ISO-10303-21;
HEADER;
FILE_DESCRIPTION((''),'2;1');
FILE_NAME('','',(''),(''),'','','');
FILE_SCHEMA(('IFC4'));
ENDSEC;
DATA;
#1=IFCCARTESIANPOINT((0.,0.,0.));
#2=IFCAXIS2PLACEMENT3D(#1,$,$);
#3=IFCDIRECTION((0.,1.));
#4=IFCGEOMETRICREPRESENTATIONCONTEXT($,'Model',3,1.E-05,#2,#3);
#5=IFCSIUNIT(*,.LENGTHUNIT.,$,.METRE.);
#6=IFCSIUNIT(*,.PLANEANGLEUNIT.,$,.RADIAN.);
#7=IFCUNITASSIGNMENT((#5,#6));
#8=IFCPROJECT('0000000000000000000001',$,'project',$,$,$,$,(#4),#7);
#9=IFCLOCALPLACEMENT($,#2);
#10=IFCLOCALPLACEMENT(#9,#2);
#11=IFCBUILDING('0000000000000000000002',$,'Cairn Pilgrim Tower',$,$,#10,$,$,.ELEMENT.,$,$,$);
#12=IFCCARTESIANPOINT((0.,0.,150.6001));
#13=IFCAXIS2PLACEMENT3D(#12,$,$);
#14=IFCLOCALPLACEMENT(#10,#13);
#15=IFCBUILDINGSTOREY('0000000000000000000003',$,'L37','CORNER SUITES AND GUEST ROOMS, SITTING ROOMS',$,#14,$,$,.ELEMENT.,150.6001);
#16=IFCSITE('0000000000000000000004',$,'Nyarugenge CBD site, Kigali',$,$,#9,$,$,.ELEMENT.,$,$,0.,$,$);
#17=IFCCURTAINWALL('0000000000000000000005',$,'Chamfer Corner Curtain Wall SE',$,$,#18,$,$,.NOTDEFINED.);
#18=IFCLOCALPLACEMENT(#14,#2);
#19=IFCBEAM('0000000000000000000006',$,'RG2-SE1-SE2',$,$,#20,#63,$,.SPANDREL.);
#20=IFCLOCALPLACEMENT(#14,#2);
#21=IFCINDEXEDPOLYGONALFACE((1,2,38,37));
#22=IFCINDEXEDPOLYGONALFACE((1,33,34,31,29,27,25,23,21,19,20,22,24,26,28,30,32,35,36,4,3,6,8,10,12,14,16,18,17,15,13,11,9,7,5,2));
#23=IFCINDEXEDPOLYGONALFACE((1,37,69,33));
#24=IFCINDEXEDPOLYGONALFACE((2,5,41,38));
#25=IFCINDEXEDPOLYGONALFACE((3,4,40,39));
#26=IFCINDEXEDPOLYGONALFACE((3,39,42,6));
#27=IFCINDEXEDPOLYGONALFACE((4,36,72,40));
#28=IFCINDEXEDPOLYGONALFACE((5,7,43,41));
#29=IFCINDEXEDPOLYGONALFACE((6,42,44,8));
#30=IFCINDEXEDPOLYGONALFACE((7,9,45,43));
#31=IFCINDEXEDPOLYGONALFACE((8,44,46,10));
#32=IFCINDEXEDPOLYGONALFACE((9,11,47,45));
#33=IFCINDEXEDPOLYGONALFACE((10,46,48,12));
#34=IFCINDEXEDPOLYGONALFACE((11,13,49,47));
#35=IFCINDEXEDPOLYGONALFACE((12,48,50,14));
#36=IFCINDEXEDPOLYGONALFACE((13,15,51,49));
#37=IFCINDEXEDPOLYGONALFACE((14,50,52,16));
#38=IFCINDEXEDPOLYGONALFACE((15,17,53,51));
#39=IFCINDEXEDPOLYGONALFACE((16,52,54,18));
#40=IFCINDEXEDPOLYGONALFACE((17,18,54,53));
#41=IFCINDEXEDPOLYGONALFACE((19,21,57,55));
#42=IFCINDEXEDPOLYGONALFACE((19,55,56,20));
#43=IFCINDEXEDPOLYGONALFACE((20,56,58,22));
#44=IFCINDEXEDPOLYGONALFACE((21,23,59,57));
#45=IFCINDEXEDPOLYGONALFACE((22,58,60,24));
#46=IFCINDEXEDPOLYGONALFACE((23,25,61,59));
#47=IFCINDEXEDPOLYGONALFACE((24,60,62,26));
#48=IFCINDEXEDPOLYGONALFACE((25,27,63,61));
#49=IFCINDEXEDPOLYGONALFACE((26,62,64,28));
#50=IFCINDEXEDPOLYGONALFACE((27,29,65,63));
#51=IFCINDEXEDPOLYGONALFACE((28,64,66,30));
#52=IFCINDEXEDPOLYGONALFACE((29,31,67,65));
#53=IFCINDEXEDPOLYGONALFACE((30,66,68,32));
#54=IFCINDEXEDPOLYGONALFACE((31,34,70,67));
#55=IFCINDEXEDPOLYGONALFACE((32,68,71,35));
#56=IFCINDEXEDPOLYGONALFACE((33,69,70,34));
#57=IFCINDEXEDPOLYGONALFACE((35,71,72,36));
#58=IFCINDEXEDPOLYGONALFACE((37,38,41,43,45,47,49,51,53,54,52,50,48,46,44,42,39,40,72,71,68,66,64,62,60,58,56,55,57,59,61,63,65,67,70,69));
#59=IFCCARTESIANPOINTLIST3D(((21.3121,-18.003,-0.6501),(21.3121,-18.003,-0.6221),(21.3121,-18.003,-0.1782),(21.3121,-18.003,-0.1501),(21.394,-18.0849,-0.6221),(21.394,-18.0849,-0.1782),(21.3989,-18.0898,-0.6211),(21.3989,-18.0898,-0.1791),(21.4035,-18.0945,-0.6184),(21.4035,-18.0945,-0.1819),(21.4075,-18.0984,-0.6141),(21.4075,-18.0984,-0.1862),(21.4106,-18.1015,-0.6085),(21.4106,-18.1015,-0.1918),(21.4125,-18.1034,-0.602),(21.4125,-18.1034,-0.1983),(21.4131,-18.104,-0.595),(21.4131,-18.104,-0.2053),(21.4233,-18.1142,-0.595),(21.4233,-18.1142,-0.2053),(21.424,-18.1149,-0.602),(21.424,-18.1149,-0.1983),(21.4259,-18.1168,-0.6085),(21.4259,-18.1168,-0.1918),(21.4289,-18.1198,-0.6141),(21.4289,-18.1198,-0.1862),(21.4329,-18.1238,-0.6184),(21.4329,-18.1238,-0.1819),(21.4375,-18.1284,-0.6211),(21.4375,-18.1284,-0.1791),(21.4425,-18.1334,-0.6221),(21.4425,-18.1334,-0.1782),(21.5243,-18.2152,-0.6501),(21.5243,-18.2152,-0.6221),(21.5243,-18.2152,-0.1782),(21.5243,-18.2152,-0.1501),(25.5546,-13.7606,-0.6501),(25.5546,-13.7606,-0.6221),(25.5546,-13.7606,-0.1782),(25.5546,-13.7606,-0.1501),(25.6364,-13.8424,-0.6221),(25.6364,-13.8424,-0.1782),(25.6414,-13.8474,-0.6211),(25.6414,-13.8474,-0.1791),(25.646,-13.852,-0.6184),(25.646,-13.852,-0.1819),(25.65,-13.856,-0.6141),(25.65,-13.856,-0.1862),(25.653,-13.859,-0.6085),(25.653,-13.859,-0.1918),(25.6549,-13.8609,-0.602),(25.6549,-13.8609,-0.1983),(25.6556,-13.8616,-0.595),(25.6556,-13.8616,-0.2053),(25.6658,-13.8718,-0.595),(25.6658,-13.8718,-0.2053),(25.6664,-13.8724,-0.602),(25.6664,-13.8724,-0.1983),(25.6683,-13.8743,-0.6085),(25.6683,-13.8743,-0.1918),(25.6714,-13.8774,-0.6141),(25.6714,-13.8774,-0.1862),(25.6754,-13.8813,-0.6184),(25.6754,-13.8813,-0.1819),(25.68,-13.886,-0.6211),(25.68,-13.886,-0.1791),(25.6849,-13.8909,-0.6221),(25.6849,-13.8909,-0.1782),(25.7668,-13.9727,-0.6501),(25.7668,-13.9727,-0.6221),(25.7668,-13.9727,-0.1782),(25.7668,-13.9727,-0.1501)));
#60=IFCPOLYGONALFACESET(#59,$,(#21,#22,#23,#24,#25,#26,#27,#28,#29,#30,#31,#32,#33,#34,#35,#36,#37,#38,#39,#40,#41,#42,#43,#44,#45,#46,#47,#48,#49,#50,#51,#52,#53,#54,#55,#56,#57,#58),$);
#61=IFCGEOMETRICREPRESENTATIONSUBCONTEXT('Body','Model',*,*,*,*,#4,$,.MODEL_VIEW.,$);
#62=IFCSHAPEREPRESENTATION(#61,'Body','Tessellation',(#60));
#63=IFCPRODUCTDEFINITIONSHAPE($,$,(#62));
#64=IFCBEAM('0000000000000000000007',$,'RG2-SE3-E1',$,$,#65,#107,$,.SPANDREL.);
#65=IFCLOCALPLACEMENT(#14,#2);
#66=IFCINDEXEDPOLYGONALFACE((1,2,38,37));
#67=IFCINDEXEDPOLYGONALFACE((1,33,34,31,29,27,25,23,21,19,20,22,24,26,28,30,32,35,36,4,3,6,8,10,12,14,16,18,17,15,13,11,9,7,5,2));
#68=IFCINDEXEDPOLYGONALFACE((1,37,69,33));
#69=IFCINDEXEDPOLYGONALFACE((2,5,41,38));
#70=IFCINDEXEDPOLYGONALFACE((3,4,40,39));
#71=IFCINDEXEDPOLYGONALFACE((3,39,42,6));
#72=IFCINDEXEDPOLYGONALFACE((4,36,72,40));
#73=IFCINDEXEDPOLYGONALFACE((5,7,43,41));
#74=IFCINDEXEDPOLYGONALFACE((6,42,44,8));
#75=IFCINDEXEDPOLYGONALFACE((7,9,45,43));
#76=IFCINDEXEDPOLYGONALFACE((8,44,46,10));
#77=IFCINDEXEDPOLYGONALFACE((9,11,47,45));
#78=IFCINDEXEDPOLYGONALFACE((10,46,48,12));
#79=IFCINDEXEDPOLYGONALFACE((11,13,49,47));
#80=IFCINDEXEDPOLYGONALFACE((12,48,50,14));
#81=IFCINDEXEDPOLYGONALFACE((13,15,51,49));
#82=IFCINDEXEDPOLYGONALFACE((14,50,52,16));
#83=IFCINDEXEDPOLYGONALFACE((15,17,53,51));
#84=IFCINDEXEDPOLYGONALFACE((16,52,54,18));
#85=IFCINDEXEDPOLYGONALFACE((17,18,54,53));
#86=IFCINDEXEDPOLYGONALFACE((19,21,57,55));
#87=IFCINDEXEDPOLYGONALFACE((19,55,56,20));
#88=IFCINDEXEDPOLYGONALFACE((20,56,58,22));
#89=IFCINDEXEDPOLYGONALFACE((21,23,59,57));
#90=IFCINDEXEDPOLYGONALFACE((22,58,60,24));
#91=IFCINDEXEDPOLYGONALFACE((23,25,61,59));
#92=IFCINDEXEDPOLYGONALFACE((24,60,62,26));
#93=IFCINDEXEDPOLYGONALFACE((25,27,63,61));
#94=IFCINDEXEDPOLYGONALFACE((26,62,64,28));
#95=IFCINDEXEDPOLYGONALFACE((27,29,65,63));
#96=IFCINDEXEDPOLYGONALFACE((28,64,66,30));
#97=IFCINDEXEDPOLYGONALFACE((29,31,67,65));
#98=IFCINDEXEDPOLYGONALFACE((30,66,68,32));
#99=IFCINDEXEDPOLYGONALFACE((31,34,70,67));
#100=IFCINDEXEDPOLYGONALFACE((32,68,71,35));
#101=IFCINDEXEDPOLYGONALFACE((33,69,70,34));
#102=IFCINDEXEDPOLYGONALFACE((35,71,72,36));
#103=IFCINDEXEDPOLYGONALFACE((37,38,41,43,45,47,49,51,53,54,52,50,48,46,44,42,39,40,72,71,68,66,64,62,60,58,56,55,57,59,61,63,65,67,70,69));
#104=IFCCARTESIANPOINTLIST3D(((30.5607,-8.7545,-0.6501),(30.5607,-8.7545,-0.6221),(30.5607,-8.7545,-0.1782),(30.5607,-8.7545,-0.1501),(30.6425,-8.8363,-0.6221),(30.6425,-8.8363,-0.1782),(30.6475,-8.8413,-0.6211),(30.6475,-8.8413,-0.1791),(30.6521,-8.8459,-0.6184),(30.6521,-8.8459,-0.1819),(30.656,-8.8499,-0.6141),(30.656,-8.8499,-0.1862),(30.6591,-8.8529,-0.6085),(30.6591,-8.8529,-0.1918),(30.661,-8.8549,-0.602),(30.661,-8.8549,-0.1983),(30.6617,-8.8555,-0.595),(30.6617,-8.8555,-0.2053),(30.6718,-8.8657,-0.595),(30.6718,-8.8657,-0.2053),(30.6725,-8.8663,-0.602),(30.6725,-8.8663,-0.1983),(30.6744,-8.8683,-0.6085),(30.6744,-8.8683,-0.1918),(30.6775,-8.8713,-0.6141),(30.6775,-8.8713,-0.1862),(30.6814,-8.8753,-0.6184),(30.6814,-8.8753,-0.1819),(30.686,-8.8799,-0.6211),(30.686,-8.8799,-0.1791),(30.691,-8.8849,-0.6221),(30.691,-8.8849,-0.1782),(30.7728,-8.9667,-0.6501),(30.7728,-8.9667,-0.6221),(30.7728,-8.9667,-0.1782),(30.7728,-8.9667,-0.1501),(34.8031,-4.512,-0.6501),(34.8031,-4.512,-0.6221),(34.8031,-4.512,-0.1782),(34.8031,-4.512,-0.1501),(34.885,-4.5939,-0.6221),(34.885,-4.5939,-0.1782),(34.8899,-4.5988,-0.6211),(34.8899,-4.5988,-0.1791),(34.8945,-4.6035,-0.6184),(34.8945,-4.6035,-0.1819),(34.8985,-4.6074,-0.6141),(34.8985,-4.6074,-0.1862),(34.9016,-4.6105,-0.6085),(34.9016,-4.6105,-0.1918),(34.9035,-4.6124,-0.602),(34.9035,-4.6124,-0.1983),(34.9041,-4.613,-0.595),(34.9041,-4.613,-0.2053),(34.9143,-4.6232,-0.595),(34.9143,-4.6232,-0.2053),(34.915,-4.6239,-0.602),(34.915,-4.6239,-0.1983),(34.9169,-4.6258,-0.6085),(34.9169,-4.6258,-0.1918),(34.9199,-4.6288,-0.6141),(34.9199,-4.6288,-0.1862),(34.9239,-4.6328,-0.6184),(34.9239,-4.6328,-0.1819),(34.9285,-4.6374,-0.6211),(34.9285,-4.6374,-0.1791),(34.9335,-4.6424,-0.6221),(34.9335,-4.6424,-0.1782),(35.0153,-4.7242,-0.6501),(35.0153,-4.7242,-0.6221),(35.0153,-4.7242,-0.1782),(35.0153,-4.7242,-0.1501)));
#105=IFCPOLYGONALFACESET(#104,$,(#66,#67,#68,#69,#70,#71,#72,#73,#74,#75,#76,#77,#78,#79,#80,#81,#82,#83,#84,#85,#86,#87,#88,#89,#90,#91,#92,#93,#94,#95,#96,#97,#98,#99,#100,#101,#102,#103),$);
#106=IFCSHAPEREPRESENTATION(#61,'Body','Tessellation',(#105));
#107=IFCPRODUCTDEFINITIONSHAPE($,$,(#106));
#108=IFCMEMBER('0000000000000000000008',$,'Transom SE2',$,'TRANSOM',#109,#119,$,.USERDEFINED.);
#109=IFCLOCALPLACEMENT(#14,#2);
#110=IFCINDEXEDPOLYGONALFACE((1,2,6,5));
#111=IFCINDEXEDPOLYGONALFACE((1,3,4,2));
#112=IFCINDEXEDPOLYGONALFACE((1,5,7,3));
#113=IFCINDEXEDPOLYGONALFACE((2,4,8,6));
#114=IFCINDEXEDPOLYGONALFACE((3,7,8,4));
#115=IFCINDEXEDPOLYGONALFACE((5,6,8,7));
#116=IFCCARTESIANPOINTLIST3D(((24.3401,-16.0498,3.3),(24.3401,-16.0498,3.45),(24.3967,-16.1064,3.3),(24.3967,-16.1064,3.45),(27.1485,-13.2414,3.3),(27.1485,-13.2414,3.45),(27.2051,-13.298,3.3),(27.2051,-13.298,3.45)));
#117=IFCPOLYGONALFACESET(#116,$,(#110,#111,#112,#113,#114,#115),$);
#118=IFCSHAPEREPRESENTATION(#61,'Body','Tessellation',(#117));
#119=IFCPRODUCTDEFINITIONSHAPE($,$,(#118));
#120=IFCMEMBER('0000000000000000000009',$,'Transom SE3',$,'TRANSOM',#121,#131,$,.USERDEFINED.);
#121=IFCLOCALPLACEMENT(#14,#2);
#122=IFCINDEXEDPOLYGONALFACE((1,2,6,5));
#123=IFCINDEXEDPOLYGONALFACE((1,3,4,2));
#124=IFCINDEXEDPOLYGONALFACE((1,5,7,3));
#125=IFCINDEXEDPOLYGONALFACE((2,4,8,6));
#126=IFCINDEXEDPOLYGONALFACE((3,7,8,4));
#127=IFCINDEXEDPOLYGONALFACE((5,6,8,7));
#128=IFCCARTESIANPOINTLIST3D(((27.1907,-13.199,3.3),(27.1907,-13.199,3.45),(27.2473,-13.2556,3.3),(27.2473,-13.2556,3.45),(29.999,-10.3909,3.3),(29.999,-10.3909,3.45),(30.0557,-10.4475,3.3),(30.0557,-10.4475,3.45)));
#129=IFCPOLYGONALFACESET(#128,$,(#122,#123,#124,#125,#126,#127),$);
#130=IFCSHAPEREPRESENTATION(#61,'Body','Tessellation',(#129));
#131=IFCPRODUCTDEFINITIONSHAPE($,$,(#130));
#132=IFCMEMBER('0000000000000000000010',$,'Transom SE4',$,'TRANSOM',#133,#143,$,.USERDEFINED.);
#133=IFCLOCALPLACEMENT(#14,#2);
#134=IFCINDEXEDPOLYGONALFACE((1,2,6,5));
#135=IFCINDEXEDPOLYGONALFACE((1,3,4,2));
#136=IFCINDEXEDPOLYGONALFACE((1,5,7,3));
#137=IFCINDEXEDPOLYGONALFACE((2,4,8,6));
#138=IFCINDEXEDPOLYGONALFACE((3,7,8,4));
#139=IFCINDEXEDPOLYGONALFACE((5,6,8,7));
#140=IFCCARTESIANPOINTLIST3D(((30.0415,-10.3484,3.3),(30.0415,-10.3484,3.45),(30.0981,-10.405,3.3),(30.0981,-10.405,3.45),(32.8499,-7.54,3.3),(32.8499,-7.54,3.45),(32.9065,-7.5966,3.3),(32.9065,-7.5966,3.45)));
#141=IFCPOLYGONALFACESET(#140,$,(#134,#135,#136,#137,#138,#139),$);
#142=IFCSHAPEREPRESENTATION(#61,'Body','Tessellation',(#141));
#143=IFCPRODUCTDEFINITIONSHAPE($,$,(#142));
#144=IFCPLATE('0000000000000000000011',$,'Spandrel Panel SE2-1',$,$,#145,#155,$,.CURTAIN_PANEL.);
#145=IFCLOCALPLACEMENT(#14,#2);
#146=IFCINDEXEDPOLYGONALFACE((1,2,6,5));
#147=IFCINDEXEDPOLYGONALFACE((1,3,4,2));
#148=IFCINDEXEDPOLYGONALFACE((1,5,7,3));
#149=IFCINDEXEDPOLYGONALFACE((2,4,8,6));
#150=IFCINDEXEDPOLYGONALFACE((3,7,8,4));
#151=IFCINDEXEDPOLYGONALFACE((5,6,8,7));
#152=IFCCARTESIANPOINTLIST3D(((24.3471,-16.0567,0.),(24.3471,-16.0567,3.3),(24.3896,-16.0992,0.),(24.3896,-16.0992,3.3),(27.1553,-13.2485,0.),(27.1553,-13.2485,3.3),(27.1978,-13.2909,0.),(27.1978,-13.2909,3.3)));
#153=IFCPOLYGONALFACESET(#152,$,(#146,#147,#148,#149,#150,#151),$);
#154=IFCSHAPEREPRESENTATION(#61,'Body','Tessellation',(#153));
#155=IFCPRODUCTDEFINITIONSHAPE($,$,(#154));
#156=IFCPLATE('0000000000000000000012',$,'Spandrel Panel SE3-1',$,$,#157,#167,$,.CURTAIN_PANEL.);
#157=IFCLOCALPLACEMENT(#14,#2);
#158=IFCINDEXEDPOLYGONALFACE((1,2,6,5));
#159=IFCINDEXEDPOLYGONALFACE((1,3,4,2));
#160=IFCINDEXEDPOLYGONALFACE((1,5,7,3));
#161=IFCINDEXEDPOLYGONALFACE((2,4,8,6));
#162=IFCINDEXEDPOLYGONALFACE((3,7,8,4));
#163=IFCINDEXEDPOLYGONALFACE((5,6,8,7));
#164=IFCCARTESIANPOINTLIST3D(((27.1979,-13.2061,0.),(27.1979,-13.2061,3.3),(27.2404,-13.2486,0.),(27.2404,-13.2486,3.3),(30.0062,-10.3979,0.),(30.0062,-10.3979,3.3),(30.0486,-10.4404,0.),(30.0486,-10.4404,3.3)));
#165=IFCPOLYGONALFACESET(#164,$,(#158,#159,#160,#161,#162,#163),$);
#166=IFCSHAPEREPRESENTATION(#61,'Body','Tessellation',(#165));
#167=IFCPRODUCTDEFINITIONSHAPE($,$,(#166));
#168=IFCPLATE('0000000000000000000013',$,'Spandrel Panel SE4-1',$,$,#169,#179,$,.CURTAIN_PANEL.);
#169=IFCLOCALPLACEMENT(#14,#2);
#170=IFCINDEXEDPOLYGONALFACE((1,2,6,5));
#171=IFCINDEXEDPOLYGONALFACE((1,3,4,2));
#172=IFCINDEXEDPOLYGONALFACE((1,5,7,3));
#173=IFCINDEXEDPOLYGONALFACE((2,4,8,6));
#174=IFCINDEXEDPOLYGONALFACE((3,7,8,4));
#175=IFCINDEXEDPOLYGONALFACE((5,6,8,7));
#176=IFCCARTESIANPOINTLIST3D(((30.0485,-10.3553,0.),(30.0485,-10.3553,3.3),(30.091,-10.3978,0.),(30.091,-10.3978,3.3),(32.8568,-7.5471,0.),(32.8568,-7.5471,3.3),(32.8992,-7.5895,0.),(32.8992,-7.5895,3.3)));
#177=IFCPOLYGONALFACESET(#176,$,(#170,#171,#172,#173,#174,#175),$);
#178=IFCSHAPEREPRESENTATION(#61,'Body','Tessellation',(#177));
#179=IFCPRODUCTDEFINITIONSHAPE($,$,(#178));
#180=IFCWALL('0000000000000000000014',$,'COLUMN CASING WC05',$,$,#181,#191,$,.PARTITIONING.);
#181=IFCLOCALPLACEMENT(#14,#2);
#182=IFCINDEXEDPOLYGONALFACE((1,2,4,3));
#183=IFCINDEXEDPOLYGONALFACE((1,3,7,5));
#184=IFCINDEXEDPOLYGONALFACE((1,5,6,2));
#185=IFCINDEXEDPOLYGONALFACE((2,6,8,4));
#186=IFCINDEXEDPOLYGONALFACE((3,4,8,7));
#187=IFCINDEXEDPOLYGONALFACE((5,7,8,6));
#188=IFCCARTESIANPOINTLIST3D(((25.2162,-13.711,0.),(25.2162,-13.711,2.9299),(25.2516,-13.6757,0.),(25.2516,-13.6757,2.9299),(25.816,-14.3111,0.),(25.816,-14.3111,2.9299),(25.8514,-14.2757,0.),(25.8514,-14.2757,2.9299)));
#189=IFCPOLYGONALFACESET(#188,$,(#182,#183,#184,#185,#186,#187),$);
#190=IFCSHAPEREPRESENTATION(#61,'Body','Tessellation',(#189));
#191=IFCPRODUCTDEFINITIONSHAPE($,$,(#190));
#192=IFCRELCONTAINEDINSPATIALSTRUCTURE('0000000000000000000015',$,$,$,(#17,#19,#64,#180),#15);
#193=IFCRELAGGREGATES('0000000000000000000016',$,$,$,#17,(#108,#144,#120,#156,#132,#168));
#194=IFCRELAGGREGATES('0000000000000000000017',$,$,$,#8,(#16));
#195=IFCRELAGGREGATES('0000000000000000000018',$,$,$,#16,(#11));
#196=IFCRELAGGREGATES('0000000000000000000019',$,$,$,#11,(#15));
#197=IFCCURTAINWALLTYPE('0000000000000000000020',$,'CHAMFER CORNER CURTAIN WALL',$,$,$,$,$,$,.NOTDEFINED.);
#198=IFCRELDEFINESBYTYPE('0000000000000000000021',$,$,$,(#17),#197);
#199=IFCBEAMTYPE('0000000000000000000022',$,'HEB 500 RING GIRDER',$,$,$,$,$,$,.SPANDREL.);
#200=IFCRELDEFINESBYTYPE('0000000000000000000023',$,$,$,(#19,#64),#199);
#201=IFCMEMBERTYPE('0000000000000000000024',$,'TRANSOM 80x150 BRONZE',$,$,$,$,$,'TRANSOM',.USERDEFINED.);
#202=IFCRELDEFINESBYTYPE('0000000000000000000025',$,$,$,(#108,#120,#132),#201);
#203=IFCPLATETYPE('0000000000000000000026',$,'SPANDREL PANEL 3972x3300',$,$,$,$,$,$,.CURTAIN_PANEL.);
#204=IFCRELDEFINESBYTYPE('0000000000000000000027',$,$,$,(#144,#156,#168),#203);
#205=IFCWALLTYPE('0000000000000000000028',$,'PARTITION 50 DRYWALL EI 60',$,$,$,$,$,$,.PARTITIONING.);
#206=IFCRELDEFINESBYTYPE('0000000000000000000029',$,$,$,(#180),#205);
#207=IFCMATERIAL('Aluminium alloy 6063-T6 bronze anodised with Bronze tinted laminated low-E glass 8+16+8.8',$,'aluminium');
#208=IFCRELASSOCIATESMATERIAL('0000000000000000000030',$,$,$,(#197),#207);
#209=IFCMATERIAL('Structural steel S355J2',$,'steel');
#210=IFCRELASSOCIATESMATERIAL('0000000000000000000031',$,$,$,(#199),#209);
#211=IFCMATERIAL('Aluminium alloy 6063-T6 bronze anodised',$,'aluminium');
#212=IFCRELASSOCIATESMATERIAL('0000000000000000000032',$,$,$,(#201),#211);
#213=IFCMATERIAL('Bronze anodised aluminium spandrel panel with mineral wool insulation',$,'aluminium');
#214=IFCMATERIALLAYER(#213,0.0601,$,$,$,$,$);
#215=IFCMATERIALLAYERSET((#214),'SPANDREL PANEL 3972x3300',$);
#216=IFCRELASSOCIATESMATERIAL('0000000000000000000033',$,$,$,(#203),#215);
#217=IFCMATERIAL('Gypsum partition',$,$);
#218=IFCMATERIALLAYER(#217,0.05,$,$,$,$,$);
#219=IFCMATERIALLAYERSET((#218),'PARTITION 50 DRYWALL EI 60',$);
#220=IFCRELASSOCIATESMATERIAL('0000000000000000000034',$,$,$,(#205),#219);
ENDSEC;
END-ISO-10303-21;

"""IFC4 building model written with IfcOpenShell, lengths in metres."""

from ifc_helpers import new_model, si_unit, direction, frame, frame_2d, origin, origin_2d, place, context, subcontext, project, spatial, rectangle, i_section, extrude, material, layer, layer_set, material_profile, profile_set, type_object, element, aggregate, save


model = new_model("IFC4")

# Units and contexts
model_context = context("Model", 3, precision=1e-05, world=origin(), true_north=direction((0.0, 1.0)))
body_context = subcontext(model_context, "Body", "Model", "MODEL_VIEW")
ifc_project = project(units=[si_unit("LENGTHUNIT", "METRE"), si_unit("PLANEANGLEUNIT", "RADIAN")], contexts=[model_context])

# Site, building, storey
site_placement = place(None, origin())
site = spatial("IfcSite", under=ifc_project, at=site_placement, Name="Nyarugenge CBD site, Kigali", CompositionType="ELEMENT", RefElevation=0.0)
building_placement = place(site_placement, origin())
building = spatial("IfcBuilding", under=site, at=building_placement, Name="Cairn Pilgrim Tower", CompositionType="ELEMENT")
storey_placement = place(building_placement, frame((0.0, 0.0, 150.6001)))
storey = spatial("IfcBuildingStorey", under=building, at=storey_placement, Name="L37", Description="CORNER SUITES AND GUEST ROOMS, SITTING ROOMS", CompositionType="ELEMENT", Elevation=150.6001)

# Shared definitions
ifc_material_1 = material(Name="Structural steel S355J2", Category="steel")

# Curtain wall
ifc_material_2 = material(Name="Aluminium alloy 6063-T6 bronze anodised with Bronze tinted laminated low-E glass 8+16+8.8", Category="aluminium")
curtain_wall_type = type_object("IfcCurtainWallType", Name="CHAMFER CORNER CURTAIN WALL", PredefinedType="NOTDEFINED", material=ifc_material_2)
curtain_wall_placement = place(storey_placement, origin())
curtain_wall = element("IfcCurtainWall", 1, at=curtain_wall_placement, inside=storey, type_object=curtain_wall_type, Name="Chamfer Corner Curtain Wall SE", PredefinedType="NOTDEFINED")
ifc_material_3 = material(Name="Aluminium alloy 6063-T6 bronze anodised", Category="aluminium")

# Beams
ifc_material_profile_1 = material_profile(ifc_material_1, i_section(OverallWidth=0.3, OverallDepth=0.5, WebThickness=0.0144, FlangeThickness=0.0281, FilletRadius=0.0271, at=origin_2d()), Name="HEB 500")
ifc_profile_set_1 = profile_set([ifc_material_profile_1], Name="Structural steel S355J2")
beam_type_1 = type_object("IfcBeamType", Name="HEB 500 RING GIRDER", PredefinedType="SPANDREL", material=ifc_profile_set_1)
for number, where, z_axis, x_axis, name in (
    (2, (21.4182, -18.1091, -0.4001), (0.707107, 0.707107, 0.0), (-0.707107, 0.707107, 0.0), "RG2-SE1-SE2"),
    (3, (30.6667, -8.8606, -0.4001), (0.707107, 0.707107, 0.0), (-0.707107, 0.707107, 0.0), "RG2-SE3-E1"),
):
    element("IfcBeam", number, at=place(storey_placement, frame(where, z_axis=z_axis, x_axis=x_axis)), inside=storey, type_object=beam_type_1, Name=name, PredefinedType="SPANDREL", context=body_context, shape_type="SweptSolid", body=[
        extrude(i_section(OverallWidth=0.3, OverallDepth=0.5, WebThickness=0.0144, FlangeThickness=0.0281, FilletRadius=0.0271, at=origin_2d()), origin(), (0.0, 0.0, 1.0), 5.9998),
    ])

# Members
ifc_material_profile_2 = material_profile(ifc_material_3, rectangle(XDim=0.0801, YDim=0.1499, at=origin_2d()), Name="TRANSOM 80x150 BRONZE")
ifc_profile_set_2 = profile_set([ifc_material_profile_2], Name="Aluminium alloy 6063-T6 bronze anodised")
member_type_1 = type_object("IfcMemberType", Name="TRANSOM 80x150 BRONZE", ElementType="TRANSOM", PredefinedType="USERDEFINED", material=ifc_profile_set_2)
member_1_placement = place(storey_placement, frame((24.3684, -16.0781, 3.375), z_axis=(0.707107, 0.707107, 0.0), x_axis=(-0.707107, 0.707107, 0.0)))
member_1 = element("IfcMember", 4, at=member_1_placement, type_object=member_type_1, Name="Transom SE2", ObjectType="TRANSOM", PredefinedType="USERDEFINED", context=body_context, shape_type="SweptSolid", body=[
    extrude(rectangle(XDim=0.0801, YDim=0.1499, at=origin_2d()), origin(), (0.0, 0.0, 1.0), 3.9717),
])
member_2_placement = place(storey_placement, frame((27.219, -13.2273, 3.375), z_axis=(0.707138, 0.707076, 0.0), x_axis=(-0.707076, 0.707138, 0.0)))
member_2 = element("IfcMember", 5, at=member_2_placement, type_object=member_type_1, Name="Transom SE3", ObjectType="TRANSOM", PredefinedType="USERDEFINED", context=body_context, shape_type="SweptSolid", body=[
    extrude(rectangle(XDim=0.0801, YDim=0.1499, at=origin_2d()), origin(), (0.0, 0.0, 1.0), 3.9714),
])
member_3_placement = place(storey_placement, frame((30.0698, -10.3767, 3.375), z_axis=(0.707107, 0.707107, 0.0), x_axis=(-0.707107, 0.707107, 0.0)))
member_3 = element("IfcMember", 6, at=member_3_placement, type_object=member_type_1, Name="Transom SE4", ObjectType="TRANSOM", PredefinedType="USERDEFINED", context=body_context, shape_type="SweptSolid", body=[
    extrude(rectangle(XDim=0.0801, YDim=0.1499, at=origin_2d()), origin(), (0.0, 0.0, 1.0), 3.9717),
])

# Plates
ifc_material_4 = material(Name="Bronze anodised aluminium spandrel panel with mineral wool insulation", Category="aluminium")
ifc_layer_1 = layer(ifc_material_4, 0.0601)
ifc_layer_set_1 = layer_set([ifc_layer_1], Name="SPANDREL PANEL 3972x3300")
plate_type = type_object("IfcPlateType", Name="SPANDREL PANEL 3972x3300", PredefinedType="CURTAIN_PANEL", material=ifc_layer_set_1)
plate_1_placement = place(storey_placement, frame((25.7725, -14.6738, 0.0), z_axis=(0.0, 0.0, 1.0), x_axis=(0.707107, 0.707107, 0.0)))
plate_1 = element("IfcPlate", 7, at=plate_1_placement, type_object=plate_type, Name="Spandrel Panel SE2-1", PredefinedType="CURTAIN_PANEL", context=body_context, shape_type="SweptSolid", body=[
    extrude(rectangle(XDim=3.9714, YDim=0.0601, at=origin_2d()), origin(), (0.0, 0.0, 1.0), 3.3),
])
plate_2_placement = place(storey_placement, frame((28.6233, -11.8232, 0.0), z_axis=(0.0, 0.0, 1.0), x_axis=(0.707107, 0.707107, 0.0)))
plate_2 = element("IfcPlate", 8, at=plate_2_placement, type_object=plate_type, Name="Spandrel Panel SE3-1", PredefinedType="CURTAIN_PANEL", context=body_context, shape_type="SweptSolid", body=[
    extrude(rectangle(XDim=3.9714, YDim=0.0601, at=origin_2d()), origin(), (0.0, 0.0, 1.0), 3.3),
])
plate_3_placement = place(storey_placement, frame((31.4739, -8.9724, 0.0), z_axis=(0.0, 0.0, 1.0), x_axis=(0.707107, 0.707107, 0.0)))
plate_3 = element("IfcPlate", 9, at=plate_3_placement, type_object=plate_type, Name="Spandrel Panel SE4-1", PredefinedType="CURTAIN_PANEL", context=body_context, shape_type="SweptSolid", body=[
    extrude(rectangle(XDim=3.9714, YDim=0.0601, at=origin_2d()), origin(), (0.0, 0.0, 1.0), 3.3),
])
aggregate(curtain_wall, [member_1, plate_1, member_2, plate_2, member_3, plate_3])

# Wall
ifc_material_5 = material(Name="Gypsum partition")
ifc_layer_2 = layer(ifc_material_5, 0.05)
ifc_layer_set_2 = layer_set([ifc_layer_2], Name="PARTITION 50 DRYWALL EI 60")
wall_type_1 = type_object("IfcWallType", Name="PARTITION 50 DRYWALL EI 60", PredefinedType="PARTITIONING", material=ifc_layer_set_2)
wall_1_placement = place(storey_placement, frame((25.8337, -14.2935, 0.0), z_axis=(0.0, 0.0, 1.0), x_axis=(-0.706963, 0.707251, 0.0)))
element("IfcWall", 10, at=wall_1_placement, inside=storey, type_object=wall_type_1, Name="COLUMN CASING WC05", PredefinedType="PARTITIONING", context=body_context, shape_type="SweptSolid", body=[
    extrude(rectangle(XDim=0.8484, YDim=0.05, at=frame_2d((0.4243, 0.0))), origin(), (0.0, 0.0, 1.0), 2.9299),
])

save(model, "model.ifc")
